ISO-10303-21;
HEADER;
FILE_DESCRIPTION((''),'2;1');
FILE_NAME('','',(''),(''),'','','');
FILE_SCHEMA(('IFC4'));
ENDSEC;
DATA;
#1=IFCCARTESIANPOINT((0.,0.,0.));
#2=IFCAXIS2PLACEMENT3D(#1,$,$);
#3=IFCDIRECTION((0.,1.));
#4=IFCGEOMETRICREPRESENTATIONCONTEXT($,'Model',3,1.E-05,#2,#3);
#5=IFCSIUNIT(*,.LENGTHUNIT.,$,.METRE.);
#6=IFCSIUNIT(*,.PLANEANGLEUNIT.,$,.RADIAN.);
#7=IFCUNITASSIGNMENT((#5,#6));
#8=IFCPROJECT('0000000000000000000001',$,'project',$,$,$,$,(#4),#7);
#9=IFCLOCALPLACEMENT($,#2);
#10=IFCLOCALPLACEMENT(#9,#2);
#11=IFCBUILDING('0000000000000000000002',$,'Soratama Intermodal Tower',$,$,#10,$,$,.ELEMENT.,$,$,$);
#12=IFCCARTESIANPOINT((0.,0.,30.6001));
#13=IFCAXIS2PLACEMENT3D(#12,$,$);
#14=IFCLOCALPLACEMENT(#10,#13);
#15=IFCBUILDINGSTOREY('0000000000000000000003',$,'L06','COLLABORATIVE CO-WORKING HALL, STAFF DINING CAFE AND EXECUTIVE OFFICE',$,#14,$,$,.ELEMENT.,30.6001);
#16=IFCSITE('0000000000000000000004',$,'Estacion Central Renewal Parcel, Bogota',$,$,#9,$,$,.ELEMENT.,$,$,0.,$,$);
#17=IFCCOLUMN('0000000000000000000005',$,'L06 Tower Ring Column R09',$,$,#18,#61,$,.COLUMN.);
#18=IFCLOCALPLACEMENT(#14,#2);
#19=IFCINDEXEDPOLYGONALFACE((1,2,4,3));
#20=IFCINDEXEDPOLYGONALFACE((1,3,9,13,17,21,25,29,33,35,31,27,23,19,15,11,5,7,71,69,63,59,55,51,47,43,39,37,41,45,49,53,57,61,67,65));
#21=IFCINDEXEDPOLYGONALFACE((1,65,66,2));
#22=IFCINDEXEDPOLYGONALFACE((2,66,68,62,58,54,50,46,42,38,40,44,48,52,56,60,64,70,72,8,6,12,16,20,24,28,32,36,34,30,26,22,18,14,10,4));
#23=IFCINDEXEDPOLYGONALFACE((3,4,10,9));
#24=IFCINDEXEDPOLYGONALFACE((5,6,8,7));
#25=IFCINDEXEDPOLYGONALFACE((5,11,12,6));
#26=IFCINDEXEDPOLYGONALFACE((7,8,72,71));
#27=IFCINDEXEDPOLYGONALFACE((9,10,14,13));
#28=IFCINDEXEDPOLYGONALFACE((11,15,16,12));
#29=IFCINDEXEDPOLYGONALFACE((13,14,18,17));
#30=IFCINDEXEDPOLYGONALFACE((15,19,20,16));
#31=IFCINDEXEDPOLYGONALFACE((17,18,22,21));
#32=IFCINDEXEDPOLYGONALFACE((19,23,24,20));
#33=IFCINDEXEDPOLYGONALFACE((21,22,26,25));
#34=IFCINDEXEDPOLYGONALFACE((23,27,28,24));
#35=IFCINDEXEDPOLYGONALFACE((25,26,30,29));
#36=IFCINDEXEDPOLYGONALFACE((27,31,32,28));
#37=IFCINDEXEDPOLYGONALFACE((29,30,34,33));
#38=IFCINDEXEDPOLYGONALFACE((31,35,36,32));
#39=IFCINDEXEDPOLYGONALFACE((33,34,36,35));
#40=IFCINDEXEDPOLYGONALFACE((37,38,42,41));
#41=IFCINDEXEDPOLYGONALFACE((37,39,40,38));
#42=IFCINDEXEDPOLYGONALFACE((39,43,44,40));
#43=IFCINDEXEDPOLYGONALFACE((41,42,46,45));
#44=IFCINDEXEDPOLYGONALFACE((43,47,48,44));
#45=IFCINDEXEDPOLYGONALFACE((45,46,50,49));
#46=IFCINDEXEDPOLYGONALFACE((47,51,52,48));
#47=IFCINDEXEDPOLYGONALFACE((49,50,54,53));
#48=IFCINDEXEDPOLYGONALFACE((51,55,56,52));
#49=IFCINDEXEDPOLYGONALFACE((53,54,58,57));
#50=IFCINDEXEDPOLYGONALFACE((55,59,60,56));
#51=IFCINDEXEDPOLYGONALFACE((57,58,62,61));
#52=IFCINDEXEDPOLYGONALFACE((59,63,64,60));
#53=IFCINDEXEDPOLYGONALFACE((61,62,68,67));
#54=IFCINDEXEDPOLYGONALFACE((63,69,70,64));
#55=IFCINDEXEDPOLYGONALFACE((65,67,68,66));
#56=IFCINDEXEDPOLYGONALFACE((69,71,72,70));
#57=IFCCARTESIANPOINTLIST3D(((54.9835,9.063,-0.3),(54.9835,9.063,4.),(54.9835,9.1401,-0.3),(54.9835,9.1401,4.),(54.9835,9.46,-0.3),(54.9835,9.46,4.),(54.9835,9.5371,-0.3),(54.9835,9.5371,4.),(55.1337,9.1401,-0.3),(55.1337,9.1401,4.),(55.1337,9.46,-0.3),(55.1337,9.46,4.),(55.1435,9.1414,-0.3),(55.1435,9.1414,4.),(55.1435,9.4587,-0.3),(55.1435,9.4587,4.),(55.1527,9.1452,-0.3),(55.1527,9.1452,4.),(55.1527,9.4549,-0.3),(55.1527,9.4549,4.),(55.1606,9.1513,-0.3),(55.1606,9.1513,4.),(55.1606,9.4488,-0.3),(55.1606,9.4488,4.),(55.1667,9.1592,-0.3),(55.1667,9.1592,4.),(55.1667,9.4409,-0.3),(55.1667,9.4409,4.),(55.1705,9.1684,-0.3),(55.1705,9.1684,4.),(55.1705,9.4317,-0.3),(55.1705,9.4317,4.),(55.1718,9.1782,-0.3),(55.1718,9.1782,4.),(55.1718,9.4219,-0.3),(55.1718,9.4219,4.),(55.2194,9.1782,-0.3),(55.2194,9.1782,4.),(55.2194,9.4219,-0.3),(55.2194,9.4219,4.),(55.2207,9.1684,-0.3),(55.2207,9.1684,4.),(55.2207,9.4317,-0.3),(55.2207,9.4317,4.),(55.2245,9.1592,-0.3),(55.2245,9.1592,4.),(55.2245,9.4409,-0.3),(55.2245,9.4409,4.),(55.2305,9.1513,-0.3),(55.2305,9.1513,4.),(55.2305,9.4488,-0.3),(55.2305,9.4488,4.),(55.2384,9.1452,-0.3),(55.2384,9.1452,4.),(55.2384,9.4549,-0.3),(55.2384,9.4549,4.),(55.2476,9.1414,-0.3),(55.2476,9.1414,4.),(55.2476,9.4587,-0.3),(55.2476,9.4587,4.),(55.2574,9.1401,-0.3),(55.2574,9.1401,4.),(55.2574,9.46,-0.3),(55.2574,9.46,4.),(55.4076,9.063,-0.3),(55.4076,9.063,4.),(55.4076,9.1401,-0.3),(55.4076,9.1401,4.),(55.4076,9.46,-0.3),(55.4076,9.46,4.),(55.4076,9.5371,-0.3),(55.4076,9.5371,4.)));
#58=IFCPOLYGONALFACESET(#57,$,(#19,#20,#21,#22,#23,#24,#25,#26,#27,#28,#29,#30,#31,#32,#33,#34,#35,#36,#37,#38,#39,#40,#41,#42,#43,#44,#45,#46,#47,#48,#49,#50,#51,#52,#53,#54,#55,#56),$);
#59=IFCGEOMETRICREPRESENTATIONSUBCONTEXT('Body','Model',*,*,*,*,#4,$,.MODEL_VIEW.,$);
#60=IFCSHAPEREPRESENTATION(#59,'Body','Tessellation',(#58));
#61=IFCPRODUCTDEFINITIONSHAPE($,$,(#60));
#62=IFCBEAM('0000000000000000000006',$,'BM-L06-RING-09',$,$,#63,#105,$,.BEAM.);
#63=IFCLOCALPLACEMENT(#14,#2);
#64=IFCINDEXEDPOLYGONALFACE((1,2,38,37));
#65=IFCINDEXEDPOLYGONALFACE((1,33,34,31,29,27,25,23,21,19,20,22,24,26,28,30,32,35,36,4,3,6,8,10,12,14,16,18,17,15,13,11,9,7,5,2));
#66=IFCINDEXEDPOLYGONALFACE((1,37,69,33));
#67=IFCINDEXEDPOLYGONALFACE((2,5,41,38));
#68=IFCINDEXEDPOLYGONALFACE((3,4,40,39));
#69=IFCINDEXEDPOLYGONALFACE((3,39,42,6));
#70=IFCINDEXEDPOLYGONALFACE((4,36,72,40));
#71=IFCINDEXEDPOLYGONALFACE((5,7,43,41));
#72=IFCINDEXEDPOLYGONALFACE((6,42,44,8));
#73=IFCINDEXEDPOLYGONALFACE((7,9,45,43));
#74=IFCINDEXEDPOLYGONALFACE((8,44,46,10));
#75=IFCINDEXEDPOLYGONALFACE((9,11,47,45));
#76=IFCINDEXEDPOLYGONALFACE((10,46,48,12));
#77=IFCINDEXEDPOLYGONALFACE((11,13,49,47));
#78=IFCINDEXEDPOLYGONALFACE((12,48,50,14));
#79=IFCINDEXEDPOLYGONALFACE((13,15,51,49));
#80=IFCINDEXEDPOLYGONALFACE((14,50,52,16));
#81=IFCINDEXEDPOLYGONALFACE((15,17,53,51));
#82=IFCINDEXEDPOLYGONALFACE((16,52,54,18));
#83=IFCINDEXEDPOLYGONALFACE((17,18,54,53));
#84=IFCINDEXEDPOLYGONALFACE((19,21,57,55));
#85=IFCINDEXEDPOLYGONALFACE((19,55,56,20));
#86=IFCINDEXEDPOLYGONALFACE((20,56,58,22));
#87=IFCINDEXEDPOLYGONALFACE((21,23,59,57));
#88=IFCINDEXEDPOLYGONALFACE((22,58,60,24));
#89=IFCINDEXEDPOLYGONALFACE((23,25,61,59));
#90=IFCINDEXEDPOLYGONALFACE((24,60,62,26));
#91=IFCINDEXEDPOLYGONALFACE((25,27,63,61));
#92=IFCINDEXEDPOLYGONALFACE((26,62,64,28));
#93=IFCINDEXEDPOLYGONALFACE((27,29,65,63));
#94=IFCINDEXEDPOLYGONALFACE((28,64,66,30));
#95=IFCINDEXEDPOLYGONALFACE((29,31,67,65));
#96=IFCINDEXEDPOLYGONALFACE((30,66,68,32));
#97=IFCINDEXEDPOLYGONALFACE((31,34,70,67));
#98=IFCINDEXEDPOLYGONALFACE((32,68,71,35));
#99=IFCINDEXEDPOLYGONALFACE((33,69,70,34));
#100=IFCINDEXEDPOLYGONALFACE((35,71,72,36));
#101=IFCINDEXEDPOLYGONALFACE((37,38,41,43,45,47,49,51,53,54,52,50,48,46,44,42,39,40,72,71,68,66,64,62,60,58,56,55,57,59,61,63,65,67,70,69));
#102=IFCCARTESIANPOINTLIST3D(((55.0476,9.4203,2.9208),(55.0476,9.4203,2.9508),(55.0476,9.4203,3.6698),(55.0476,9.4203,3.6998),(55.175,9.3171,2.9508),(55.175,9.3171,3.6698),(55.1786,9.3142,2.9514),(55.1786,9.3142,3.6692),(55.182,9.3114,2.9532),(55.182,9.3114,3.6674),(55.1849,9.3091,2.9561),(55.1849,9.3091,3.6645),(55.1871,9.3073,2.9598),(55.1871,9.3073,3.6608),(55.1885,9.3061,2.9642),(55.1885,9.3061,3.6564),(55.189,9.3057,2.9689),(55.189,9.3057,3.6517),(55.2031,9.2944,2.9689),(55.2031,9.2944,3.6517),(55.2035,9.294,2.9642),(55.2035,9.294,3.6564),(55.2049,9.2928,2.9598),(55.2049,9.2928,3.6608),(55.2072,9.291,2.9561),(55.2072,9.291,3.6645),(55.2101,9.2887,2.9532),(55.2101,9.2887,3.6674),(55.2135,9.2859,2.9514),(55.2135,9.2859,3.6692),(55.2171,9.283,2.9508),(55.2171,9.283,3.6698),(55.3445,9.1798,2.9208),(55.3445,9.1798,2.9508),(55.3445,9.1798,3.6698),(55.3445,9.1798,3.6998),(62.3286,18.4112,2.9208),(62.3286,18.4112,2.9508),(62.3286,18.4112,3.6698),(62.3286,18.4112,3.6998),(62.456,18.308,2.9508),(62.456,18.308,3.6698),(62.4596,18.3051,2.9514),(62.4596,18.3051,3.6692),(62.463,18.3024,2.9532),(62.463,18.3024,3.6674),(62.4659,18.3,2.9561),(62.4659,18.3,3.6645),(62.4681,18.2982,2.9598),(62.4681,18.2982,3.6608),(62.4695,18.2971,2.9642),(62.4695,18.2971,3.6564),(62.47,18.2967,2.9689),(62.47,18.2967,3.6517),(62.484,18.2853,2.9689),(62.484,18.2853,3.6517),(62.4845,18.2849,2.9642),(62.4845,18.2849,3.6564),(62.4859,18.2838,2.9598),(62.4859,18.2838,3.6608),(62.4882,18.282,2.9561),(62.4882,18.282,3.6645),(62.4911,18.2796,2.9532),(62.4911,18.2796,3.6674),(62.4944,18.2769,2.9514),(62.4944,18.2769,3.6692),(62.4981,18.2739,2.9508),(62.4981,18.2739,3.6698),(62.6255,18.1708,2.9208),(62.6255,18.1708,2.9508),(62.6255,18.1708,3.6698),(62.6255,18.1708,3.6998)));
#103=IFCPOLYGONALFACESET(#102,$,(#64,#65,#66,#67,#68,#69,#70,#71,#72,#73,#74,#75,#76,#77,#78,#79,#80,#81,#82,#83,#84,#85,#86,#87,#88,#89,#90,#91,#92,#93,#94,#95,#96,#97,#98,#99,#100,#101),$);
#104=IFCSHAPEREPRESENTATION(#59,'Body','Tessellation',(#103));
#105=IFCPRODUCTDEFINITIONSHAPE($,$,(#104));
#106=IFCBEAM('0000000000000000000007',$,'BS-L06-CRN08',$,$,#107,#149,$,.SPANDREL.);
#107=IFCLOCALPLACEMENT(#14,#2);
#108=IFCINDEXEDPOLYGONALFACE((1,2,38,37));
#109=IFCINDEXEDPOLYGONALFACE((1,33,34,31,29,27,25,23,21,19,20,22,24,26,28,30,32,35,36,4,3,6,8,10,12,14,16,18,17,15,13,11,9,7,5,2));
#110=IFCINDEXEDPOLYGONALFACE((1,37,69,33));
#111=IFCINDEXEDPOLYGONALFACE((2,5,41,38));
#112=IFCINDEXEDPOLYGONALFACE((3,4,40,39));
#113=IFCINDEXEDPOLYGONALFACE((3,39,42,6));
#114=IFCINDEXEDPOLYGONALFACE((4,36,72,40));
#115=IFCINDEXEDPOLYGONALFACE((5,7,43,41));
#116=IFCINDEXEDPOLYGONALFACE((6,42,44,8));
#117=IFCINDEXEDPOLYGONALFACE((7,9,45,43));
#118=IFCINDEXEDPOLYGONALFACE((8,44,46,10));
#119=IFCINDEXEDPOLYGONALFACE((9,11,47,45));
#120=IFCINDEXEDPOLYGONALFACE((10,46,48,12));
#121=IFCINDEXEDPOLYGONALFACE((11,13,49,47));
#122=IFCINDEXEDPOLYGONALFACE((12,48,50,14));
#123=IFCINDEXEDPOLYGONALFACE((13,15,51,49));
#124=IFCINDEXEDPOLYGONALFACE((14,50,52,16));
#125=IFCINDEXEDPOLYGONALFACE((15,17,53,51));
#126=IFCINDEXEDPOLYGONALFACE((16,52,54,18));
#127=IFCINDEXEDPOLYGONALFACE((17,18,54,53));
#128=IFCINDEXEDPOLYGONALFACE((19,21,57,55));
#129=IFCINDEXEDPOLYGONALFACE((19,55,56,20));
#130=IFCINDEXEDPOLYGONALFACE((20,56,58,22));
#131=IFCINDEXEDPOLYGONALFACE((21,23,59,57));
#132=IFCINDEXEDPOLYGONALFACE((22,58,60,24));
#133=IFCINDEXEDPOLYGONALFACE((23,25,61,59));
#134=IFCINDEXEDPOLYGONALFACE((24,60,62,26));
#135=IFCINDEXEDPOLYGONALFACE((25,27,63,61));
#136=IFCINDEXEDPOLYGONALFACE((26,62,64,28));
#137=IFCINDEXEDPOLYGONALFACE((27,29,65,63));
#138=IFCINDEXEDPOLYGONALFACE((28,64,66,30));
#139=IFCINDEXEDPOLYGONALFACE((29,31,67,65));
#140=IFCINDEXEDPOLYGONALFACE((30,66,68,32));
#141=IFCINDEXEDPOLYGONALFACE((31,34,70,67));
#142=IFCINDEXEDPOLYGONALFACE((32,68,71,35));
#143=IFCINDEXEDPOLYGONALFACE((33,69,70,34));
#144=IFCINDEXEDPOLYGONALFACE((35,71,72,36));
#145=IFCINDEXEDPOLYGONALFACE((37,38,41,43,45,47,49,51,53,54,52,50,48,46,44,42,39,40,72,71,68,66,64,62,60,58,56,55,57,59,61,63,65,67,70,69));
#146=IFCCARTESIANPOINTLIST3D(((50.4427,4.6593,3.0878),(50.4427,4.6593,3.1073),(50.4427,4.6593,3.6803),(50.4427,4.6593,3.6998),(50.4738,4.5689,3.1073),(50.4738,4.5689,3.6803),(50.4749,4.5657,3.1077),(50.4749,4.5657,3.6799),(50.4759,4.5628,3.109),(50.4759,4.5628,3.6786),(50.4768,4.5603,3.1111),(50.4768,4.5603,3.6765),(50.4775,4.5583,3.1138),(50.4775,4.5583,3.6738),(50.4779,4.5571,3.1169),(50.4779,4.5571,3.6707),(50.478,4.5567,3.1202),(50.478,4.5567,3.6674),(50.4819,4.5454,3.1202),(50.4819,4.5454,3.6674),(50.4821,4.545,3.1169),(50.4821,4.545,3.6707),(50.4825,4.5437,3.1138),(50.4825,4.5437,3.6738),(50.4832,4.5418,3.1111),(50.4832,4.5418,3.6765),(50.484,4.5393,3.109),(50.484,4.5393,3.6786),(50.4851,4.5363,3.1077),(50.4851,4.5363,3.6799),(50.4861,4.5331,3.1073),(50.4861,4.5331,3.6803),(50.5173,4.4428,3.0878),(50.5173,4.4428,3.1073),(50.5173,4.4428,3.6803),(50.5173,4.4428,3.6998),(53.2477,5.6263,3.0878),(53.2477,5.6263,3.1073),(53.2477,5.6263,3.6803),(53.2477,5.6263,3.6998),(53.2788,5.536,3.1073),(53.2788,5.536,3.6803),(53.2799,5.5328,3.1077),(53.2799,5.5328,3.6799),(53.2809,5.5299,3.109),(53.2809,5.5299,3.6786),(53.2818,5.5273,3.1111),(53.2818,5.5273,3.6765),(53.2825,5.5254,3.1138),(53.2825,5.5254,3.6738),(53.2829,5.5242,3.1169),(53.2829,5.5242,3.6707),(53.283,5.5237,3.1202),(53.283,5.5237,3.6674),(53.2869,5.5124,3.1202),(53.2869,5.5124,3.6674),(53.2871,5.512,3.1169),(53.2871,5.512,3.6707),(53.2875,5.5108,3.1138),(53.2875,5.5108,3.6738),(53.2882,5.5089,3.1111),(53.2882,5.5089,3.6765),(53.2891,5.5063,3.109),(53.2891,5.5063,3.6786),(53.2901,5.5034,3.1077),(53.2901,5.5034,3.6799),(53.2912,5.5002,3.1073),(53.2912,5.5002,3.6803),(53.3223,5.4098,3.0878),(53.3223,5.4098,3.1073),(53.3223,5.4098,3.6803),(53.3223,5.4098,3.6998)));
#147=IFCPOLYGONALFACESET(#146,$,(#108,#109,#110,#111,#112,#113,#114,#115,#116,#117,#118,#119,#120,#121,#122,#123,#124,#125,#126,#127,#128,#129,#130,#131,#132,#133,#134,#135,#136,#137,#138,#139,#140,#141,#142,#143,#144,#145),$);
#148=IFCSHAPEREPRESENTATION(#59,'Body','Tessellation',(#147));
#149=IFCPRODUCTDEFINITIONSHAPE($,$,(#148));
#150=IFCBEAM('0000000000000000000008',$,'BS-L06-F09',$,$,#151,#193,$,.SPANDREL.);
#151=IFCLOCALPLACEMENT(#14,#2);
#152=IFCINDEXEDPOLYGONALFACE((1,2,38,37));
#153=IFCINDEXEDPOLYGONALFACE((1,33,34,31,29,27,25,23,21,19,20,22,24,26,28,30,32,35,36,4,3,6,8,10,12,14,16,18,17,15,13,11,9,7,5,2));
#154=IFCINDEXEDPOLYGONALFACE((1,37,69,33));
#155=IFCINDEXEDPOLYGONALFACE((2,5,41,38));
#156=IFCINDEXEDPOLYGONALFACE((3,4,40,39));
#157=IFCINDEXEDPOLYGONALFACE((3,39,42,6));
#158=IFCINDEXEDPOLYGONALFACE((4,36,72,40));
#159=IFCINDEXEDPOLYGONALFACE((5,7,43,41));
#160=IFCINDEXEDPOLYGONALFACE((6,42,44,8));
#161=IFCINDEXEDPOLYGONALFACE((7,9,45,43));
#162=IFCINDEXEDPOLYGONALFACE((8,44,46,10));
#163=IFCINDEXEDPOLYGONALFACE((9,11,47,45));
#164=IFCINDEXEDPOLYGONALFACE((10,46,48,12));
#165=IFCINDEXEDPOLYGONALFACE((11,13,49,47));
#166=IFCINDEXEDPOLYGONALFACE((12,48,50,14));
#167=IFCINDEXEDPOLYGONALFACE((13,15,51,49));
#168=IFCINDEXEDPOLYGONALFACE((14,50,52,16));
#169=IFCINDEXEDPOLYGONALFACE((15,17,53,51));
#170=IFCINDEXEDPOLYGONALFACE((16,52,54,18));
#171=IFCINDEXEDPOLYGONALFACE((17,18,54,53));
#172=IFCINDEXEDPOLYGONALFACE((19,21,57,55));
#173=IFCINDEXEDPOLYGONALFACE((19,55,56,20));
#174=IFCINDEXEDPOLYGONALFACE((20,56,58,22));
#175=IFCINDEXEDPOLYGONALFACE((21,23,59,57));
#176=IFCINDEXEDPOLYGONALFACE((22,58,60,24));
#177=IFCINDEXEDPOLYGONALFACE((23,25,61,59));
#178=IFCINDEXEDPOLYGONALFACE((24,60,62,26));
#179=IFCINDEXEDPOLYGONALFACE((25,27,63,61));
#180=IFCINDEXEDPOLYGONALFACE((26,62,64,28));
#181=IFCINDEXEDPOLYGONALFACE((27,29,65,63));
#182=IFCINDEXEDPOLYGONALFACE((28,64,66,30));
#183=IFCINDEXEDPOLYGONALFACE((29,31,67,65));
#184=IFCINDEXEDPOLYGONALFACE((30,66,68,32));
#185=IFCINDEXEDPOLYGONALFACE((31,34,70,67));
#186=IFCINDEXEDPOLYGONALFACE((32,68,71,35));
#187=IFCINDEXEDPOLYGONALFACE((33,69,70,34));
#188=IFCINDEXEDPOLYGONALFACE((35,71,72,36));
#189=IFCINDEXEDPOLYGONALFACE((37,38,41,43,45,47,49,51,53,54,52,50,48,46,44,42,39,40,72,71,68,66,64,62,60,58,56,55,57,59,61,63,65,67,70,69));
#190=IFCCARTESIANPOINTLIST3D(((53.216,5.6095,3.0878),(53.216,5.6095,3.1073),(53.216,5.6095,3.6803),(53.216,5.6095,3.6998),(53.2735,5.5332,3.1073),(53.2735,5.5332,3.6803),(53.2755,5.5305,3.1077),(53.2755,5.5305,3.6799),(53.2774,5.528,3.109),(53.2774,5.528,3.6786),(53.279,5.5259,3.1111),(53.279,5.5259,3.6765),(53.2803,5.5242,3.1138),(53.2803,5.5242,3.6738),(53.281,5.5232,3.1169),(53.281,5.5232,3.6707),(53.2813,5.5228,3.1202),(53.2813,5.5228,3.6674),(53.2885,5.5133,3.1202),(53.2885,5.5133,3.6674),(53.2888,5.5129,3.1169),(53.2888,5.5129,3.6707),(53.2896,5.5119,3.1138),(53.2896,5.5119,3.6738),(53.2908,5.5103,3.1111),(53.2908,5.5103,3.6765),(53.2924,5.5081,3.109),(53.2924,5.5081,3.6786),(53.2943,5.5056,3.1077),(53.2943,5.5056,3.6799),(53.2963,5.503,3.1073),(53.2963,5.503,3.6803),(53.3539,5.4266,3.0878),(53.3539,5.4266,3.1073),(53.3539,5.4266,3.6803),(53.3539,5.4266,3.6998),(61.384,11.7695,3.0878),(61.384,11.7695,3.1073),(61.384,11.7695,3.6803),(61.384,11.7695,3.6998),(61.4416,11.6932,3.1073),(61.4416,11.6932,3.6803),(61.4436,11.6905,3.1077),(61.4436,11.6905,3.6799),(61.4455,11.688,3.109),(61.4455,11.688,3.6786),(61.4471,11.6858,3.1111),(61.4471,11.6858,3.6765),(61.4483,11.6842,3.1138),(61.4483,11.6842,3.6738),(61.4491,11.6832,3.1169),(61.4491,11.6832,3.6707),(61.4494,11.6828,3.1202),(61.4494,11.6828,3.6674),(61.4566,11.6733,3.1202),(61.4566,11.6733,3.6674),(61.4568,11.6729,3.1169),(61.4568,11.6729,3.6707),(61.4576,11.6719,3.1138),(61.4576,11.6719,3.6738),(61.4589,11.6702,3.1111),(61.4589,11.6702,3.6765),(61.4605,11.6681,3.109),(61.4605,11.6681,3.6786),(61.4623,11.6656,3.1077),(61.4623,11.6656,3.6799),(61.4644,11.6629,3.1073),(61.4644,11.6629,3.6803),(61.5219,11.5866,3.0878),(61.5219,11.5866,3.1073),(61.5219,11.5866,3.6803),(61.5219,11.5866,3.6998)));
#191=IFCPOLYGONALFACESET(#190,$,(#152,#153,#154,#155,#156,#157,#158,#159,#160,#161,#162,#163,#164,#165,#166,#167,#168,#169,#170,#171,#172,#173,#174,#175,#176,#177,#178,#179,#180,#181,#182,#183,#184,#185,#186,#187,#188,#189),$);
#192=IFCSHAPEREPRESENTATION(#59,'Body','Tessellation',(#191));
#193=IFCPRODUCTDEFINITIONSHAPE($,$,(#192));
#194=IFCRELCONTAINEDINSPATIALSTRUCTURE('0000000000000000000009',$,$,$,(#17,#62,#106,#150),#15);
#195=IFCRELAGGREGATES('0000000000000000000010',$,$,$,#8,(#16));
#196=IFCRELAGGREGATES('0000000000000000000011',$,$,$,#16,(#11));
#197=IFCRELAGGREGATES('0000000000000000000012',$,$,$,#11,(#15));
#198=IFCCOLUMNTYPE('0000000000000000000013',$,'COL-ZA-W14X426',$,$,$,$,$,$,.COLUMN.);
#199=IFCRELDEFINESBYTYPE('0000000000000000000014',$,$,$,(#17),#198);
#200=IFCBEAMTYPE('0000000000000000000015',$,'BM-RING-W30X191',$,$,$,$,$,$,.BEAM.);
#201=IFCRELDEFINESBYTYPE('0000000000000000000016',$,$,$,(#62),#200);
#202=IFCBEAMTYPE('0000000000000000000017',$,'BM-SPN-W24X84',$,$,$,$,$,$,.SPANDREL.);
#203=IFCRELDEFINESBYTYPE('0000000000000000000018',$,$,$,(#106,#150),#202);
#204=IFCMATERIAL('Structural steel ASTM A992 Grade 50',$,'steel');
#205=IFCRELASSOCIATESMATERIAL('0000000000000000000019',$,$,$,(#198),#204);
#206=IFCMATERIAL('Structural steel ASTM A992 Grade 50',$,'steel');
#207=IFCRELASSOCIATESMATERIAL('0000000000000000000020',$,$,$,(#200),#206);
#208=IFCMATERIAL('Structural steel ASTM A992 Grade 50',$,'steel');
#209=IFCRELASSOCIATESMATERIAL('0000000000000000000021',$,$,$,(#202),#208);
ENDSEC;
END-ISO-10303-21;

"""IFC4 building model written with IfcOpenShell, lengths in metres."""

from ifc_helpers import new_model, si_unit, direction, frame, origin, origin_2d, place, context, subcontext, project, spatial, i_section, extrude, material, material_profile, profile_set, type_object, element, save


model = new_model("IFC4")

# Units and contexts
model_context = context("Model", 3, precision=1e-05, world=origin(), true_north=direction((0.0, 1.0)))
body_context = subcontext(model_context, "Body", "Model", "MODEL_VIEW")
ifc_project = project(units=[si_unit("LENGTHUNIT", "METRE"), si_unit("PLANEANGLEUNIT", "RADIAN")], contexts=[model_context])

# Site, building, storey
site_placement = place(None, origin())
site = spatial("IfcSite", under=ifc_project, at=site_placement, Name="Estacion Central Renewal Parcel, Bogota", CompositionType="ELEMENT", RefElevation=0.0)
building_placement = place(site_placement, origin())
building = spatial("IfcBuilding", under=site, at=building_placement, Name="Soratama Intermodal Tower", CompositionType="ELEMENT")
storey_placement = place(building_placement, frame((0.0, 0.0, 30.6001)))
storey = spatial("IfcBuildingStorey", under=building, at=storey_placement, Name="L06", Description="COLLABORATIVE CO-WORKING HALL, STAFF DINING CAFE AND EXECUTIVE OFFICE", CompositionType="ELEMENT", Elevation=30.6001)

# Column
ifc_material_1 = material(Name="Structural steel ASTM A992 Grade 50", Category="steel")
ifc_material_profile_1 = material_profile(ifc_material_1, i_section(OverallWidth=0.4241, OverallDepth=0.4741, WebThickness=0.0476, FlangeThickness=0.0771, FilletRadius=0.0381, at=origin_2d()), Name="W14X426")
ifc_profile_set_1 = profile_set([ifc_material_profile_1], Name="Structural steel ASTM A992 Grade 50")
column_type = type_object("IfcColumnType", Name="COL-ZA-W14X426", PredefinedType="COLUMN", material=ifc_profile_set_1)
column_placement = place(storey_placement, frame((55.1956, 9.3, -0.3), z_axis=(0.0, 0.0, 1.0), x_axis=(1.0, 0.0, 0.0)))
element("IfcColumn", 1, at=column_placement, inside=storey, type_object=column_type, Name="L06 Tower Ring Column R09", PredefinedType="COLUMN", context=body_context, shape_type="SweptSolid", body=[
    extrude(i_section(OverallWidth=0.4241, OverallDepth=0.4741, WebThickness=0.0476, FlangeThickness=0.0771, FilletRadius=0.0381, at=origin_2d()), origin(), (0.0, 0.0, 1.0), 4.3),
])

# Beams
ifc_material_2 = material(Name="Structural steel ASTM A992 Grade 50", Category="steel")
ifc_material_profile_2 = material_profile(ifc_material_2, i_section(OverallWidth=0.3821, OverallDepth=0.7791, WebThickness=0.0181, FlangeThickness=0.03, FilletRadius=0.0181, at=origin_2d()), Name="W30X191")
ifc_profile_set_2 = profile_set([ifc_material_profile_2], Name="Structural steel ASTM A992 Grade 50")
beam_type_1 = type_object("IfcBeamType", Name="BM-RING-W30X191", PredefinedType="BEAM", material=ifc_profile_set_2)
beam_1_placement = place(storey_placement, frame((55.196, 9.3, 3.3103), z_axis=(0.629334, 0.777135, 0.0), x_axis=(-0.777135, 0.629334, 0.0)))
element("IfcBeam", 2, at=beam_1_placement, inside=storey, type_object=beam_type_1, Name="BM-L06-RING-09", PredefinedType="BEAM", context=body_context, shape_type="SweptSolid", body=[
    extrude(i_section(OverallWidth=0.3821, OverallDepth=0.7791, WebThickness=0.0181, FlangeThickness=0.03, FilletRadius=0.0181, at=origin_2d()), origin(), (0.0, 0.0, 1.0), 11.5693),
])
ifc_material_3 = material(Name="Structural steel ASTM A992 Grade 50", Category="steel")
ifc_material_profile_3 = material_profile(ifc_material_3, i_section(OverallWidth=0.229, OverallDepth=0.6121, WebThickness=0.012, FlangeThickness=0.0195, FilletRadius=0.0129, at=origin_2d()), Name="W24X84")
ifc_profile_set_3 = profile_set([ifc_material_profile_3], Name="Structural steel ASTM A992 Grade 50")
beam_type_2 = type_object("IfcBeamType", Name="BM-SPN-W24X84", PredefinedType="SPANDREL", material=ifc_profile_set_3)
beam_2_placement = place(storey_placement, frame((50.48, 4.551, 3.3938), z_axis=(0.945391, 0.325937, 0.0), x_axis=(-0.325937, 0.945391, 0.0)))
element("IfcBeam", 3, at=beam_2_placement, inside=storey, type_object=beam_type_2, Name="BS-L06-CRN08", PredefinedType="SPANDREL", context=body_context, shape_type="SweptSolid", body=[
    extrude(i_section(OverallWidth=0.229, OverallDepth=0.6121, WebThickness=0.012, FlangeThickness=0.0195, FilletRadius=0.0129, at=origin_2d()), origin(), (0.0, 0.0, 1.0), 2.967),
])
beam_3_placement = place(storey_placement, frame((53.2849, 5.5181, 3.3938), z_axis=(0.798405, 0.602121, 0.0), x_axis=(-0.602121, 0.798405, 0.0)))
element("IfcBeam", 4, at=beam_3_placement, inside=storey, type_object=beam_type_2, Name="BS-L06-F09", PredefinedType="SPANDREL", context=body_context, shape_type="SweptSolid", body=[
    extrude(i_section(OverallWidth=0.229, OverallDepth=0.6121, WebThickness=0.012, FlangeThickness=0.0195, FilletRadius=0.0129, at=origin_2d()), origin(), (0.0, 0.0, 1.0), 10.2305),
])

save(model, "model.ifc")
